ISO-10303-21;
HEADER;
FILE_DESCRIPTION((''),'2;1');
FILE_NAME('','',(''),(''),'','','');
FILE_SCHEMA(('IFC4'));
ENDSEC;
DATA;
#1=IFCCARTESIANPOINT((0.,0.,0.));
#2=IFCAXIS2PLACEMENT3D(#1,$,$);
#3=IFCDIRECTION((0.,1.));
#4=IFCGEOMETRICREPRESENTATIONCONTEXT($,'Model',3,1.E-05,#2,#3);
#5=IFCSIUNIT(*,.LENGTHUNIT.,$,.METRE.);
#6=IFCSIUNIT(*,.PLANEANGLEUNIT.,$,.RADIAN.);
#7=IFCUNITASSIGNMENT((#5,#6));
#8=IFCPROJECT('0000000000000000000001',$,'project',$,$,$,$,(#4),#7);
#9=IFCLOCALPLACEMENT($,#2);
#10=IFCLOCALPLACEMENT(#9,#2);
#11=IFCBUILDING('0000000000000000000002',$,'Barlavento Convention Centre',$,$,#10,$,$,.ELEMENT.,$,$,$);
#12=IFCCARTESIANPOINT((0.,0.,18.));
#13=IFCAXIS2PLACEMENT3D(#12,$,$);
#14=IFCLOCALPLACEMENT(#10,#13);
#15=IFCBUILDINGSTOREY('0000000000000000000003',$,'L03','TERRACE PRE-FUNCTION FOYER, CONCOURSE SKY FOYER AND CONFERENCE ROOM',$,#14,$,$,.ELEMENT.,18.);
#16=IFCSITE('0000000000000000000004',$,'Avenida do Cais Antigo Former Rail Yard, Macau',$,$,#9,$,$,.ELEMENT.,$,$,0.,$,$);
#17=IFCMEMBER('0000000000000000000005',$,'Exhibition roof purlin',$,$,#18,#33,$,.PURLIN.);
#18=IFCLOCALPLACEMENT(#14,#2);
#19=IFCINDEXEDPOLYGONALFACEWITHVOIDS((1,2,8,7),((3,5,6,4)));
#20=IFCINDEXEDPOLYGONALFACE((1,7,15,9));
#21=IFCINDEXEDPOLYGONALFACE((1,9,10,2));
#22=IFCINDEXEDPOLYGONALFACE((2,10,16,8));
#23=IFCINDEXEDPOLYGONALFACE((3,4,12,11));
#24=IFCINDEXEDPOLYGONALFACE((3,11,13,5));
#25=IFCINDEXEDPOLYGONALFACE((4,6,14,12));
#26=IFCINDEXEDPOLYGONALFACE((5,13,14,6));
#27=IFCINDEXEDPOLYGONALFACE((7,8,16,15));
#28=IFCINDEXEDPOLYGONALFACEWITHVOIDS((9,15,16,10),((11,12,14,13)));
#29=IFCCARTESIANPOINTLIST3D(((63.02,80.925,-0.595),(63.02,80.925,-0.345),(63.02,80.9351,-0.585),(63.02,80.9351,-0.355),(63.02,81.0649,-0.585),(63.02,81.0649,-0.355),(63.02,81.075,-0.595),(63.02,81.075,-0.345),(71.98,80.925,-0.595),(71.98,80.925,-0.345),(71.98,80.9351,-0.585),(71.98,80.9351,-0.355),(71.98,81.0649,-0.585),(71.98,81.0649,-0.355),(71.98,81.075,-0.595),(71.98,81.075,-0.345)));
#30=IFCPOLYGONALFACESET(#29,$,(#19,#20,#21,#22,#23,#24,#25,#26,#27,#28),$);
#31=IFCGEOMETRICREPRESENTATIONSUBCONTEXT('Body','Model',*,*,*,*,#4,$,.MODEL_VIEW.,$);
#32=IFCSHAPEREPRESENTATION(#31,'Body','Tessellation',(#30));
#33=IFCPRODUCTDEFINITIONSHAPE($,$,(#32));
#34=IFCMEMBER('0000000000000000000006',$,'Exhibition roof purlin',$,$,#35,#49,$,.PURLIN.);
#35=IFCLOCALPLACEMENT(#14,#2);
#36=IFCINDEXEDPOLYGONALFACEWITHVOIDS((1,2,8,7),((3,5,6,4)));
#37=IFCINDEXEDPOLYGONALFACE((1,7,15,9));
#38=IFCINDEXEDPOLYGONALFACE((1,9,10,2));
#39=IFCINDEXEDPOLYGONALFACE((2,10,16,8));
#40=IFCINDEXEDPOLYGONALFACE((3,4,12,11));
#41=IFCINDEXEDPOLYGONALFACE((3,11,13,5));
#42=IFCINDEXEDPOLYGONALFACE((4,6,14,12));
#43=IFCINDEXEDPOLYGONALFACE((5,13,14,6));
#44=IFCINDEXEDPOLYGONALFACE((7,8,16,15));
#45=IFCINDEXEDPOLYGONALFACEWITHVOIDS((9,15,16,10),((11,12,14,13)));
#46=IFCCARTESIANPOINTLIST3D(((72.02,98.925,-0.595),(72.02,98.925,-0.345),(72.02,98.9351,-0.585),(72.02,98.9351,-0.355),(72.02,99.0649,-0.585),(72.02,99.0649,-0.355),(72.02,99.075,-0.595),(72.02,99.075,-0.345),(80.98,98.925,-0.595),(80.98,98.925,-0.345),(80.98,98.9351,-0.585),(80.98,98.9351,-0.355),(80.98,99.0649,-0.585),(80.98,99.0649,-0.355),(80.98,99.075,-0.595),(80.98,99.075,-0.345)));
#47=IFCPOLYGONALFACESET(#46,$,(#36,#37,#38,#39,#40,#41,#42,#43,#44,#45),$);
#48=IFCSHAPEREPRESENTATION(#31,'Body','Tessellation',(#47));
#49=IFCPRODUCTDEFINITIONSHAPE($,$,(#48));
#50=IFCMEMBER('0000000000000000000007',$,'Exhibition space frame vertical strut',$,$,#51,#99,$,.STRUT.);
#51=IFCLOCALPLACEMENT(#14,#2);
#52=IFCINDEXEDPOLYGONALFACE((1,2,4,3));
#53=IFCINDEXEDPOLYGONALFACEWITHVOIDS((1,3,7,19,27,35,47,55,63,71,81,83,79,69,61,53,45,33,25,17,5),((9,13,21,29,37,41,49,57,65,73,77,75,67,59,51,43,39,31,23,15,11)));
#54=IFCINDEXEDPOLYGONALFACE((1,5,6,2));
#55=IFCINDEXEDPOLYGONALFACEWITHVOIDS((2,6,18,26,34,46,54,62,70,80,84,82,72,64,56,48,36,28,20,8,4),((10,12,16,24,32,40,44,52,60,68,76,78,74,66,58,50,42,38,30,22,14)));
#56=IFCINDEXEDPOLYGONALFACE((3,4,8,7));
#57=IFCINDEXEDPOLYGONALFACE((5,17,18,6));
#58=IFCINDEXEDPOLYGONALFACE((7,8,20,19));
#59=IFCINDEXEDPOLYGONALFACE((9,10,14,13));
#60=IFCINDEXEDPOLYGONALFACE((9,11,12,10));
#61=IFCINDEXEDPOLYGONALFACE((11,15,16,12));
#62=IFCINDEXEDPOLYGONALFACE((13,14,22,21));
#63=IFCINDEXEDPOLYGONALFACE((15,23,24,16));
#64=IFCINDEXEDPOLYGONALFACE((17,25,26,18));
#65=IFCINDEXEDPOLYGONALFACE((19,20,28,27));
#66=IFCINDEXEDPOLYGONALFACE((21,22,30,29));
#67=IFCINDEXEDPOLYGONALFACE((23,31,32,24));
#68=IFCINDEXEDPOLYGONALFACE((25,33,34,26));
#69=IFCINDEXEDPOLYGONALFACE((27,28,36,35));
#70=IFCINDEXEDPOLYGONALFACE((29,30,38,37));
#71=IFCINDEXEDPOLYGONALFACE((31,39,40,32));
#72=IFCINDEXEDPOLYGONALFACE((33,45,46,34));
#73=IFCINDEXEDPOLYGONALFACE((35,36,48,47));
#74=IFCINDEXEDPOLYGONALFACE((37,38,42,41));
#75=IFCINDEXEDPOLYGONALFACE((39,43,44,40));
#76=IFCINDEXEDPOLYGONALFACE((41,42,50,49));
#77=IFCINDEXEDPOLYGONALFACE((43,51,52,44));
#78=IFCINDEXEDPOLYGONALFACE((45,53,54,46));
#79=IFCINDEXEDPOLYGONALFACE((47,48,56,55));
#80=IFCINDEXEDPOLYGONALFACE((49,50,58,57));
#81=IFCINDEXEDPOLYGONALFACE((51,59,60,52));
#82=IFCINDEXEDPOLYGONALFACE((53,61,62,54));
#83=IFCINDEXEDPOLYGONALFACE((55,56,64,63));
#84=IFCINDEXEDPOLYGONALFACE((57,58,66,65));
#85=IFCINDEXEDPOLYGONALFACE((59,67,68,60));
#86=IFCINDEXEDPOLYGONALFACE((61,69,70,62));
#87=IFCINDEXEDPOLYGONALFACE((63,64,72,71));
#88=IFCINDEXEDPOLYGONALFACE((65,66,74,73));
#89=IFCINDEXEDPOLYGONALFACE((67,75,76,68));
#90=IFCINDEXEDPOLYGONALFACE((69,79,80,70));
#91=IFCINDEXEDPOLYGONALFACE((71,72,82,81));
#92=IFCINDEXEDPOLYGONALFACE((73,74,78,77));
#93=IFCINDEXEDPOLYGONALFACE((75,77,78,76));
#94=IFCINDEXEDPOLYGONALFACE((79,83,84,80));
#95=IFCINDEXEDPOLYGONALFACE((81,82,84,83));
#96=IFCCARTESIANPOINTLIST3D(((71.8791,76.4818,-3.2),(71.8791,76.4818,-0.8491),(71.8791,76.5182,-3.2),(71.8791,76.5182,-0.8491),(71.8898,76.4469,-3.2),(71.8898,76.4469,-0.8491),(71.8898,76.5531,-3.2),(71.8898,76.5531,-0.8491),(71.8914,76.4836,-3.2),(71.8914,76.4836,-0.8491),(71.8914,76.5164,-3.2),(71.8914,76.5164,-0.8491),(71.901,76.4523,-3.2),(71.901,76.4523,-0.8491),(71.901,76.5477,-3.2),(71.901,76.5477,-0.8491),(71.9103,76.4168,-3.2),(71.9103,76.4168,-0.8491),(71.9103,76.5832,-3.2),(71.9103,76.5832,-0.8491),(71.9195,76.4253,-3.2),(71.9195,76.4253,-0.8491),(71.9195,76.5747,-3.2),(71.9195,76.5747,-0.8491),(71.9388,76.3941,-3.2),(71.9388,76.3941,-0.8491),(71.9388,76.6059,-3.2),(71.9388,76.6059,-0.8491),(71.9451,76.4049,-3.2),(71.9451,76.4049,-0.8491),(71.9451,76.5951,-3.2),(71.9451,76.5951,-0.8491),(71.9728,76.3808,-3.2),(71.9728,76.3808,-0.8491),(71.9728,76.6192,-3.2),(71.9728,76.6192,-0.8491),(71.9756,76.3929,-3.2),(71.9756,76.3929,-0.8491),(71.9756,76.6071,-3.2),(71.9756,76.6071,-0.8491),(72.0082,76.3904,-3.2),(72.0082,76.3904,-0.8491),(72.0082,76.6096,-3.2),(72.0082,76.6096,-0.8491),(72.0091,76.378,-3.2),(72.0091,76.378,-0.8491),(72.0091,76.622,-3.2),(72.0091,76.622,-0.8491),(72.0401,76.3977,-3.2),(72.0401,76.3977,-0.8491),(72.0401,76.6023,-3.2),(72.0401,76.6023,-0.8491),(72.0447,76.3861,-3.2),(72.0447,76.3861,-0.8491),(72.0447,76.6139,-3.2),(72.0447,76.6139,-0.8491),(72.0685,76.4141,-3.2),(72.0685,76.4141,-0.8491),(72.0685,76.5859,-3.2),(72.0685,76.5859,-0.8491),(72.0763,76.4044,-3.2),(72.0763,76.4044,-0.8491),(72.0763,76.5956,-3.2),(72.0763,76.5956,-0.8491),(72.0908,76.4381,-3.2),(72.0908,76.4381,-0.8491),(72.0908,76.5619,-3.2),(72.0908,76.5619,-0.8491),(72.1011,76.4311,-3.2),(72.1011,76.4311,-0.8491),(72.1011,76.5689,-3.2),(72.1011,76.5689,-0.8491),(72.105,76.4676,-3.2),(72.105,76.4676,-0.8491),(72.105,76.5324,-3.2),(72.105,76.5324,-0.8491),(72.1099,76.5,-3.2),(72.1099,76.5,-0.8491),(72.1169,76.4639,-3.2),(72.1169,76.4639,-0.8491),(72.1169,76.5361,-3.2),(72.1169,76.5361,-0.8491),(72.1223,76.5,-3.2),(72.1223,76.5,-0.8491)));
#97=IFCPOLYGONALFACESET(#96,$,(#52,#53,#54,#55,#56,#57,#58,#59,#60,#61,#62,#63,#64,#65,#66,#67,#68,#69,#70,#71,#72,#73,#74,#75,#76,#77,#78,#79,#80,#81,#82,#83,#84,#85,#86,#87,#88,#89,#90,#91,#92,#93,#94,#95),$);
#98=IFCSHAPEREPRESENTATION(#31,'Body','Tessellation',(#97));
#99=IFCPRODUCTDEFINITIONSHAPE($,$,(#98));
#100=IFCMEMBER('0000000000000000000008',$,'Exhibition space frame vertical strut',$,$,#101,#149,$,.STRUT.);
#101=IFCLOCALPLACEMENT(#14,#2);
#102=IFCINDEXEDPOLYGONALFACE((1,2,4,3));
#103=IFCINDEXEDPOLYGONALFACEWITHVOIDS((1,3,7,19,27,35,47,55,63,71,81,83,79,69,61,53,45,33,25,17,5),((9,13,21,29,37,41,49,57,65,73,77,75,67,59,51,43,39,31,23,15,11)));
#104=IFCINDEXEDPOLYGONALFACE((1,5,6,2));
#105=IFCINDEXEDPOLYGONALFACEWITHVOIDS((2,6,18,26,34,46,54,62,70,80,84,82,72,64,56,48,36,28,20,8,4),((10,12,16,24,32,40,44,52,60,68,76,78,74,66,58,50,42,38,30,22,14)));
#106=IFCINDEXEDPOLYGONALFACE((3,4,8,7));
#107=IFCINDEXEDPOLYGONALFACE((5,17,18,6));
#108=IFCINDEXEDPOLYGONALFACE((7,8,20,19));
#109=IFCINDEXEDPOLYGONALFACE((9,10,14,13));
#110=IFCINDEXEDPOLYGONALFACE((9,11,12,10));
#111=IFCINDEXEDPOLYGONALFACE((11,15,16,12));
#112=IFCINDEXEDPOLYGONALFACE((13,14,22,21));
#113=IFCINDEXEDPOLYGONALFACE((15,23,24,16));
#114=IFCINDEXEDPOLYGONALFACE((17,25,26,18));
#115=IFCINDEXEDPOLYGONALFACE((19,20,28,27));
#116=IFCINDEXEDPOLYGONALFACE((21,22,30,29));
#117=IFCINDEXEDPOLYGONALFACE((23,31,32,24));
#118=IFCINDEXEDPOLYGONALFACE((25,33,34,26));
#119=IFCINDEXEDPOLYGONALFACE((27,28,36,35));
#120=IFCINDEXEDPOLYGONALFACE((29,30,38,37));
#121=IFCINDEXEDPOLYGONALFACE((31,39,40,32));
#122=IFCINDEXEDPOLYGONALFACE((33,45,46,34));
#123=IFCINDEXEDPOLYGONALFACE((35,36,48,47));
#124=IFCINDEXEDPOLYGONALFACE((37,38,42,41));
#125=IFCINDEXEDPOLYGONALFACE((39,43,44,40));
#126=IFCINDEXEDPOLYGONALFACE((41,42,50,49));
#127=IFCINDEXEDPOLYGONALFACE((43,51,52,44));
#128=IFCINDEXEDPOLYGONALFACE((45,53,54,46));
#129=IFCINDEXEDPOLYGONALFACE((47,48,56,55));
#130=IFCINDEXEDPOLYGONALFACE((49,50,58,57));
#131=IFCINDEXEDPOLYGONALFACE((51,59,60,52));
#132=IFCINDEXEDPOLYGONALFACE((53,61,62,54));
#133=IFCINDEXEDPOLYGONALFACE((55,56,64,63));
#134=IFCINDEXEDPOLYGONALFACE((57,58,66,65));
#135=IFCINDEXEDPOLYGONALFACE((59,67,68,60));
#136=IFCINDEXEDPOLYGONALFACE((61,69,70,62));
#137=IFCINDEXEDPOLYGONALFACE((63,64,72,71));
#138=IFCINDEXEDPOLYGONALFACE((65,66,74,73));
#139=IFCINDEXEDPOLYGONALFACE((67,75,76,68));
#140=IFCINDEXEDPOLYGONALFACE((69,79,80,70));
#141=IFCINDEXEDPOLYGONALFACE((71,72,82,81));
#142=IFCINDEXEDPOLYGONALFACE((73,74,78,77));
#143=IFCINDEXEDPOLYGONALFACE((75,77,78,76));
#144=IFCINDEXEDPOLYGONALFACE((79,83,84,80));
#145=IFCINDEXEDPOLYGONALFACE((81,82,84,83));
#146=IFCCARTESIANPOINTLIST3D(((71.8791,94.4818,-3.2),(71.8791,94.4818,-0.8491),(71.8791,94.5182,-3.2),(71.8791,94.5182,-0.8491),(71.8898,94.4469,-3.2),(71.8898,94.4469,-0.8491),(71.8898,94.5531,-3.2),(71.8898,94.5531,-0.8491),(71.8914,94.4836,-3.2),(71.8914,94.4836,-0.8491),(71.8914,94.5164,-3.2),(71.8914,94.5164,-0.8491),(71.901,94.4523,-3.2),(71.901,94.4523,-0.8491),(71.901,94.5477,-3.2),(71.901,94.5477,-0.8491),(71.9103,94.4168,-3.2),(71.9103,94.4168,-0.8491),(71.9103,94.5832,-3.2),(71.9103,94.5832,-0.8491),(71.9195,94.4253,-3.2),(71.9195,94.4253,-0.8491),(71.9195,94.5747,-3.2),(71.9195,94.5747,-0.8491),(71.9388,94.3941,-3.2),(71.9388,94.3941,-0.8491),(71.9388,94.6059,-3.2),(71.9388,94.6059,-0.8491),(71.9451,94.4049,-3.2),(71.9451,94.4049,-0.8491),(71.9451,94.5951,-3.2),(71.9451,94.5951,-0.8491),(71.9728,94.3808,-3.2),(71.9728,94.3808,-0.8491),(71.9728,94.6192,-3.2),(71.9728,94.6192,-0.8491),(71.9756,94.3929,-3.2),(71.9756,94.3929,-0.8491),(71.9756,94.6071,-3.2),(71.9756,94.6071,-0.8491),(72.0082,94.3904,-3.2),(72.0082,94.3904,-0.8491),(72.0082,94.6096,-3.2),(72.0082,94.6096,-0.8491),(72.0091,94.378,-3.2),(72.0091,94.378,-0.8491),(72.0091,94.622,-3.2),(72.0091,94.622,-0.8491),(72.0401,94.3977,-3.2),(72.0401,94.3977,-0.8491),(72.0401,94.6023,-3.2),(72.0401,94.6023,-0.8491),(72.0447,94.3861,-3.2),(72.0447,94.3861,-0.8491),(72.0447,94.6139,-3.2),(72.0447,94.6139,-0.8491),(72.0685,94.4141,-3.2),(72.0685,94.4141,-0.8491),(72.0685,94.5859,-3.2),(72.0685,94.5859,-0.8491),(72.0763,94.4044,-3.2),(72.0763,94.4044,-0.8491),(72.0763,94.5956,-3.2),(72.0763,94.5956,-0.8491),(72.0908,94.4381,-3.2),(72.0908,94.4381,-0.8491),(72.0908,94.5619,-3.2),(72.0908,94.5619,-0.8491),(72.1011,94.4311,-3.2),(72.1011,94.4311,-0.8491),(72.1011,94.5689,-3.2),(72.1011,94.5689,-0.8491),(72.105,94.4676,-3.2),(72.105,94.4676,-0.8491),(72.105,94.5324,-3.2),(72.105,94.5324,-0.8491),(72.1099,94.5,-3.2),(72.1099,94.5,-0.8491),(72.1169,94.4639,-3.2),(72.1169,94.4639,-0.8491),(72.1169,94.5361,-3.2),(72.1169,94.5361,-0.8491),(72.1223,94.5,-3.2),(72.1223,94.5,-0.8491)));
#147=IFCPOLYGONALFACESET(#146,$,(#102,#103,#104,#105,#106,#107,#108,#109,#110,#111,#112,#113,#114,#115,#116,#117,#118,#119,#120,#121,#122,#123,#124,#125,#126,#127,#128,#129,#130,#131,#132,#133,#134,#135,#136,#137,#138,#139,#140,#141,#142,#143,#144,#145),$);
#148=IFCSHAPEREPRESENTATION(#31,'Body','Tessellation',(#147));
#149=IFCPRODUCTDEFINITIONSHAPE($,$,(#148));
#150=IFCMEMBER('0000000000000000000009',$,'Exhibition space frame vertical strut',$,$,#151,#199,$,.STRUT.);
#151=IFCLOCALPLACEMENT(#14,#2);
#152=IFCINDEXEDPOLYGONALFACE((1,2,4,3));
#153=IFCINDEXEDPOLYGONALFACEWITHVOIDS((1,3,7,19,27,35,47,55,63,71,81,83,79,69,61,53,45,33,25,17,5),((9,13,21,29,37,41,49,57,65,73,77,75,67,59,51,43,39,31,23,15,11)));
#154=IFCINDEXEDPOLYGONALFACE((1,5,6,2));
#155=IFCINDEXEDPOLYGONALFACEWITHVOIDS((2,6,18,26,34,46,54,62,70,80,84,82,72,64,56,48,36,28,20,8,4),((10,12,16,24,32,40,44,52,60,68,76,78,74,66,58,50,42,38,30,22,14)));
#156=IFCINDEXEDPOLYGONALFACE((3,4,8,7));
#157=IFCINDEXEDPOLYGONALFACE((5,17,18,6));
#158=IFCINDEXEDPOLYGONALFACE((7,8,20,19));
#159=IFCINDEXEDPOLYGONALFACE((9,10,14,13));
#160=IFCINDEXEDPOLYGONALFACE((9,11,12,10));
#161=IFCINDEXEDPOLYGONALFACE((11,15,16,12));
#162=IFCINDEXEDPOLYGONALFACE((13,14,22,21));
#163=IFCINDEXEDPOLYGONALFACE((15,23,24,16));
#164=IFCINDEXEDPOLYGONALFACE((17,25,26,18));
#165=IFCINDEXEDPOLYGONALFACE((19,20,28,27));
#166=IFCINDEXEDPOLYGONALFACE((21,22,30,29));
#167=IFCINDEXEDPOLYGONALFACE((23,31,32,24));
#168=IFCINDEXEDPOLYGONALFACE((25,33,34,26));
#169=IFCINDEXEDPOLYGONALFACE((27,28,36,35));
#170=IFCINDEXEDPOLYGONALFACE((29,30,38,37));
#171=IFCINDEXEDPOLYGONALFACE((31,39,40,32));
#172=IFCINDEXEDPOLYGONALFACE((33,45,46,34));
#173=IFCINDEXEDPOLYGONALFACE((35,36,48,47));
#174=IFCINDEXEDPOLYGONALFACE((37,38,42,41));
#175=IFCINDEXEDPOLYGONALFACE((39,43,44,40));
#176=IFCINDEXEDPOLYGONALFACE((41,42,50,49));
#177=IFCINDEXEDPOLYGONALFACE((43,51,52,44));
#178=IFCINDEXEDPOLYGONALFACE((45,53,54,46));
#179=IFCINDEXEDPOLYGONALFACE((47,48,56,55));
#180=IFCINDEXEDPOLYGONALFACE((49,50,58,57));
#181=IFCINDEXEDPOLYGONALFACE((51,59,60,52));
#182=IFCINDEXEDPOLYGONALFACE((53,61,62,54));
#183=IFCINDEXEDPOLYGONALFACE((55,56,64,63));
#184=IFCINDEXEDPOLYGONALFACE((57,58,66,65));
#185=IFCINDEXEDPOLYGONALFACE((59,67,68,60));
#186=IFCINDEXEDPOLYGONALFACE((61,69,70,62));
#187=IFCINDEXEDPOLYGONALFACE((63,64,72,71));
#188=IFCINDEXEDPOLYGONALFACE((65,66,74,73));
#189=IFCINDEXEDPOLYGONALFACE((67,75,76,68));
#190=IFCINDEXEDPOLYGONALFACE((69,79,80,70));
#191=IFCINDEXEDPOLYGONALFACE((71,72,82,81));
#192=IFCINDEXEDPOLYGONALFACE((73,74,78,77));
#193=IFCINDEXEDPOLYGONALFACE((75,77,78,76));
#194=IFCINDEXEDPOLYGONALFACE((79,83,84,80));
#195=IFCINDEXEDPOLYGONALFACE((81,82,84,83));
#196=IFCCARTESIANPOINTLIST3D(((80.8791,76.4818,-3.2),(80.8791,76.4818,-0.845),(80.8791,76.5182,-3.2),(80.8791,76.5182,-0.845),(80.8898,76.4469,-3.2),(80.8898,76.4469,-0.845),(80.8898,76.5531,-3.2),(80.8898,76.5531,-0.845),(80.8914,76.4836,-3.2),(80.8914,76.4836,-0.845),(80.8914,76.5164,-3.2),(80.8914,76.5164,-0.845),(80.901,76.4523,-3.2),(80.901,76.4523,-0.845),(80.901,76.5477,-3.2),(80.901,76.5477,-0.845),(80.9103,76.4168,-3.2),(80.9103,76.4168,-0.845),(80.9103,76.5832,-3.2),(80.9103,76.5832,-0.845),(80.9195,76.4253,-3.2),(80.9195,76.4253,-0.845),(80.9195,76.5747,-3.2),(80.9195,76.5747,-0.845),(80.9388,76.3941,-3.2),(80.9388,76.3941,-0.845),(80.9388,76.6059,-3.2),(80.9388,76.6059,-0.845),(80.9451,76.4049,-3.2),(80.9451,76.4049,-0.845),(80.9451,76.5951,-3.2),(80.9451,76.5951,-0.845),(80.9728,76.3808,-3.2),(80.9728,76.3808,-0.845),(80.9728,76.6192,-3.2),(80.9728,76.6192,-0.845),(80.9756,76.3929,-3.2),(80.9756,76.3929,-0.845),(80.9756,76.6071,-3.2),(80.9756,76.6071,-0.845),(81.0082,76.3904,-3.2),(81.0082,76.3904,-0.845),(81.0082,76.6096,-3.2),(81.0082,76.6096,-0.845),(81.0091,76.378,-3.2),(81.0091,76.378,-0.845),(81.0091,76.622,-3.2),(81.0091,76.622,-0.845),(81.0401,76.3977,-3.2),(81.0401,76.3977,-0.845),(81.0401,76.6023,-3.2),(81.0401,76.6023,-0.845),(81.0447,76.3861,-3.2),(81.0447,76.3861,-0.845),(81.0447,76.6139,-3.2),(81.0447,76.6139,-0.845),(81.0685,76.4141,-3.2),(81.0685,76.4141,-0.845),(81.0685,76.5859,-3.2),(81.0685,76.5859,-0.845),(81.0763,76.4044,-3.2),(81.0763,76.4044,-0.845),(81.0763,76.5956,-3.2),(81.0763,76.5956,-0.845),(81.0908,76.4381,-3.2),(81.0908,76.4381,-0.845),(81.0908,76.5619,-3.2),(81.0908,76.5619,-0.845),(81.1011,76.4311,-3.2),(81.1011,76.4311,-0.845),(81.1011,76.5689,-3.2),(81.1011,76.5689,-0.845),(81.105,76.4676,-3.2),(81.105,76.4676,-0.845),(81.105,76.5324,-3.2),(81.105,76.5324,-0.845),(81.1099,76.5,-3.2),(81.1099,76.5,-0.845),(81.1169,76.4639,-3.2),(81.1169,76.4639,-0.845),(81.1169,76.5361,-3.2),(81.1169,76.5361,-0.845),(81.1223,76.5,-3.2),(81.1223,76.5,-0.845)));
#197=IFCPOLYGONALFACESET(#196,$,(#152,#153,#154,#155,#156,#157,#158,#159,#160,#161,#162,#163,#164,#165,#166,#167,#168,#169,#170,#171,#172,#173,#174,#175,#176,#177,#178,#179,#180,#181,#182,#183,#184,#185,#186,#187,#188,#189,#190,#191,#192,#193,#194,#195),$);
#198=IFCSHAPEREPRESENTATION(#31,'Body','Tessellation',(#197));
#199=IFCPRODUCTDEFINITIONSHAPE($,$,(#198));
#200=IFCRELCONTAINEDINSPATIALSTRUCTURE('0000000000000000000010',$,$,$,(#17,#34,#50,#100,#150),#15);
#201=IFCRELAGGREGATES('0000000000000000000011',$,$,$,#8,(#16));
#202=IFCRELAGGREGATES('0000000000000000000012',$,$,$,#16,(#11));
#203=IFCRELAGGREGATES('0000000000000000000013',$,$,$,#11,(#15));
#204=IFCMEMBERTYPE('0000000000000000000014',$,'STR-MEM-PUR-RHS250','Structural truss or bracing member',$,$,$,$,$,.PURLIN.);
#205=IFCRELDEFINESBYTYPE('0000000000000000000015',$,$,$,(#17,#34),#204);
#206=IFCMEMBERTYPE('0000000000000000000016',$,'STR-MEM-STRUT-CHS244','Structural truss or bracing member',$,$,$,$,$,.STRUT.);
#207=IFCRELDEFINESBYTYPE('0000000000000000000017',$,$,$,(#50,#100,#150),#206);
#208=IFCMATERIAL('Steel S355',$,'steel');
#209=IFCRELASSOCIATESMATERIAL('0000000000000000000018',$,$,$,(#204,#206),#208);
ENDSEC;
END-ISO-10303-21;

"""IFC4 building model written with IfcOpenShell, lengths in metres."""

from ifc_helpers import new_model, si_unit, direction, frame, origin, origin_2d, place, context, subcontext, project, spatial, hollow_rectangle, hollow_circle, extrude, material, material_profile, profile_set, type_object, element, save


model = new_model("IFC4")

# Units and contexts
model_context = context("Model", 3, precision=1e-05, world=origin(), true_north=direction((0.0, 1.0)))
body_context = subcontext(model_context, "Body", "Model", "MODEL_VIEW")
ifc_project = project(units=[si_unit("LENGTHUNIT", "METRE"), si_unit("PLANEANGLEUNIT", "RADIAN")], contexts=[model_context])

# Site, building, storey
site_placement = place(None, origin())
site = spatial("IfcSite", under=ifc_project, at=site_placement, Name="Avenida do Cais Antigo Former Rail Yard, Macau", CompositionType="ELEMENT", RefElevation=0.0)
building_placement = place(site_placement, origin())
building = spatial("IfcBuilding", under=site, at=building_placement, Name="Barlavento Convention Centre", CompositionType="ELEMENT")
storey_placement = place(building_placement, frame((0.0, 0.0, 18.0)))
storey = spatial("IfcBuildingStorey", under=building, at=storey_placement, Name="L03", Description="TERRACE PRE-FUNCTION FOYER, CONCOURSE SKY FOYER AND CONFERENCE ROOM", CompositionType="ELEMENT", Elevation=18.0)

# Members
ifc_material_1 = material(Name="Steel S355", Category="steel")
ifc_material_profile_1 = material_profile(ifc_material_1, hollow_rectangle(XDim=0.1499, YDim=0.25, WallThickness=0.01, at=origin_2d()), Name="RHS 250x150x10.0")
ifc_profile_set_1 = profile_set([ifc_material_profile_1], Name="Steel S355")
member_type_1 = type_object("IfcMemberType", Name="STR-MEM-PUR-RHS250", Description="Structural truss or bracing member", PredefinedType="PURLIN", material=ifc_profile_set_1)
for number, where, z_axis, x_axis, name in (
    (1, (63.02, 81.0, -0.47), (1.0, 0.0, 0.0), (0.0, 1.0, 0.0), "Exhibition roof purlin"),
    (2, (72.02, 99.0, -0.47), (1.0, 0.0, 0.0), (0.0, 1.0, 0.0), "Exhibition roof purlin"),
):
    element("IfcMember", number, at=place(storey_placement, frame(where, z_axis=z_axis, x_axis=x_axis)), inside=storey, type_object=member_type_1, Name=name, PredefinedType="PURLIN", context=body_context, shape_type="SweptSolid", body=[
        extrude(hollow_rectangle(XDim=0.1499, YDim=0.25, WallThickness=0.01, at=origin_2d()), origin(), (0.0, 0.0, 1.0), 8.96),
    ])
ifc_material_profile_2 = material_profile(ifc_material_1, hollow_circle(Radius=0.1223, WallThickness=0.0125, at=origin_2d()), Name="CHS 244.5x12.5")
ifc_profile_set_2 = profile_set([ifc_material_profile_2], Name="Steel S355")
member_type_2 = type_object("IfcMemberType", Name="STR-MEM-STRUT-CHS244", Description="Structural truss or bracing member", PredefinedType="STRUT", material=ifc_profile_set_2)
for number, where, z_axis, x_axis, name in (
    (3, (72.0, 76.5, -3.2), (0.0, 0.0, 1.0), (1.0, 0.0, 0.0), "Exhibition space frame vertical strut"),
    (4, (72.0, 94.5, -3.2), (0.0, 0.0, 1.0), (1.0, 0.0, 0.0), "Exhibition space frame vertical strut"),
):
    element("IfcMember", number, at=place(storey_placement, frame(where, z_axis=z_axis, x_axis=x_axis)), inside=storey, type_object=member_type_2, Name=name, PredefinedType="STRUT", context=body_context, shape_type="SweptSolid", body=[
        extrude(hollow_circle(Radius=0.1223, WallThickness=0.0125, at=origin_2d()), origin(), (0.0, 0.0, 1.0), 2.3508),
    ])
for number, where, z_axis, x_axis, name in (
    (5, (81.0, 76.5, -3.2), (0.0, 0.0, 1.0), (1.0, 0.0, 0.0), "Exhibition space frame vertical strut"),
):
    element("IfcMember", number, at=place(storey_placement, frame(where, z_axis=z_axis, x_axis=x_axis)), inside=storey, type_object=member_type_2, Name=name, PredefinedType="STRUT", context=body_context, shape_type="SweptSolid", body=[
        extrude(hollow_circle(Radius=0.1223, WallThickness=0.0125, at=origin_2d()), origin(), (0.0, 0.0, 1.0), 2.355),
    ])

save(model, "model.ifc")
